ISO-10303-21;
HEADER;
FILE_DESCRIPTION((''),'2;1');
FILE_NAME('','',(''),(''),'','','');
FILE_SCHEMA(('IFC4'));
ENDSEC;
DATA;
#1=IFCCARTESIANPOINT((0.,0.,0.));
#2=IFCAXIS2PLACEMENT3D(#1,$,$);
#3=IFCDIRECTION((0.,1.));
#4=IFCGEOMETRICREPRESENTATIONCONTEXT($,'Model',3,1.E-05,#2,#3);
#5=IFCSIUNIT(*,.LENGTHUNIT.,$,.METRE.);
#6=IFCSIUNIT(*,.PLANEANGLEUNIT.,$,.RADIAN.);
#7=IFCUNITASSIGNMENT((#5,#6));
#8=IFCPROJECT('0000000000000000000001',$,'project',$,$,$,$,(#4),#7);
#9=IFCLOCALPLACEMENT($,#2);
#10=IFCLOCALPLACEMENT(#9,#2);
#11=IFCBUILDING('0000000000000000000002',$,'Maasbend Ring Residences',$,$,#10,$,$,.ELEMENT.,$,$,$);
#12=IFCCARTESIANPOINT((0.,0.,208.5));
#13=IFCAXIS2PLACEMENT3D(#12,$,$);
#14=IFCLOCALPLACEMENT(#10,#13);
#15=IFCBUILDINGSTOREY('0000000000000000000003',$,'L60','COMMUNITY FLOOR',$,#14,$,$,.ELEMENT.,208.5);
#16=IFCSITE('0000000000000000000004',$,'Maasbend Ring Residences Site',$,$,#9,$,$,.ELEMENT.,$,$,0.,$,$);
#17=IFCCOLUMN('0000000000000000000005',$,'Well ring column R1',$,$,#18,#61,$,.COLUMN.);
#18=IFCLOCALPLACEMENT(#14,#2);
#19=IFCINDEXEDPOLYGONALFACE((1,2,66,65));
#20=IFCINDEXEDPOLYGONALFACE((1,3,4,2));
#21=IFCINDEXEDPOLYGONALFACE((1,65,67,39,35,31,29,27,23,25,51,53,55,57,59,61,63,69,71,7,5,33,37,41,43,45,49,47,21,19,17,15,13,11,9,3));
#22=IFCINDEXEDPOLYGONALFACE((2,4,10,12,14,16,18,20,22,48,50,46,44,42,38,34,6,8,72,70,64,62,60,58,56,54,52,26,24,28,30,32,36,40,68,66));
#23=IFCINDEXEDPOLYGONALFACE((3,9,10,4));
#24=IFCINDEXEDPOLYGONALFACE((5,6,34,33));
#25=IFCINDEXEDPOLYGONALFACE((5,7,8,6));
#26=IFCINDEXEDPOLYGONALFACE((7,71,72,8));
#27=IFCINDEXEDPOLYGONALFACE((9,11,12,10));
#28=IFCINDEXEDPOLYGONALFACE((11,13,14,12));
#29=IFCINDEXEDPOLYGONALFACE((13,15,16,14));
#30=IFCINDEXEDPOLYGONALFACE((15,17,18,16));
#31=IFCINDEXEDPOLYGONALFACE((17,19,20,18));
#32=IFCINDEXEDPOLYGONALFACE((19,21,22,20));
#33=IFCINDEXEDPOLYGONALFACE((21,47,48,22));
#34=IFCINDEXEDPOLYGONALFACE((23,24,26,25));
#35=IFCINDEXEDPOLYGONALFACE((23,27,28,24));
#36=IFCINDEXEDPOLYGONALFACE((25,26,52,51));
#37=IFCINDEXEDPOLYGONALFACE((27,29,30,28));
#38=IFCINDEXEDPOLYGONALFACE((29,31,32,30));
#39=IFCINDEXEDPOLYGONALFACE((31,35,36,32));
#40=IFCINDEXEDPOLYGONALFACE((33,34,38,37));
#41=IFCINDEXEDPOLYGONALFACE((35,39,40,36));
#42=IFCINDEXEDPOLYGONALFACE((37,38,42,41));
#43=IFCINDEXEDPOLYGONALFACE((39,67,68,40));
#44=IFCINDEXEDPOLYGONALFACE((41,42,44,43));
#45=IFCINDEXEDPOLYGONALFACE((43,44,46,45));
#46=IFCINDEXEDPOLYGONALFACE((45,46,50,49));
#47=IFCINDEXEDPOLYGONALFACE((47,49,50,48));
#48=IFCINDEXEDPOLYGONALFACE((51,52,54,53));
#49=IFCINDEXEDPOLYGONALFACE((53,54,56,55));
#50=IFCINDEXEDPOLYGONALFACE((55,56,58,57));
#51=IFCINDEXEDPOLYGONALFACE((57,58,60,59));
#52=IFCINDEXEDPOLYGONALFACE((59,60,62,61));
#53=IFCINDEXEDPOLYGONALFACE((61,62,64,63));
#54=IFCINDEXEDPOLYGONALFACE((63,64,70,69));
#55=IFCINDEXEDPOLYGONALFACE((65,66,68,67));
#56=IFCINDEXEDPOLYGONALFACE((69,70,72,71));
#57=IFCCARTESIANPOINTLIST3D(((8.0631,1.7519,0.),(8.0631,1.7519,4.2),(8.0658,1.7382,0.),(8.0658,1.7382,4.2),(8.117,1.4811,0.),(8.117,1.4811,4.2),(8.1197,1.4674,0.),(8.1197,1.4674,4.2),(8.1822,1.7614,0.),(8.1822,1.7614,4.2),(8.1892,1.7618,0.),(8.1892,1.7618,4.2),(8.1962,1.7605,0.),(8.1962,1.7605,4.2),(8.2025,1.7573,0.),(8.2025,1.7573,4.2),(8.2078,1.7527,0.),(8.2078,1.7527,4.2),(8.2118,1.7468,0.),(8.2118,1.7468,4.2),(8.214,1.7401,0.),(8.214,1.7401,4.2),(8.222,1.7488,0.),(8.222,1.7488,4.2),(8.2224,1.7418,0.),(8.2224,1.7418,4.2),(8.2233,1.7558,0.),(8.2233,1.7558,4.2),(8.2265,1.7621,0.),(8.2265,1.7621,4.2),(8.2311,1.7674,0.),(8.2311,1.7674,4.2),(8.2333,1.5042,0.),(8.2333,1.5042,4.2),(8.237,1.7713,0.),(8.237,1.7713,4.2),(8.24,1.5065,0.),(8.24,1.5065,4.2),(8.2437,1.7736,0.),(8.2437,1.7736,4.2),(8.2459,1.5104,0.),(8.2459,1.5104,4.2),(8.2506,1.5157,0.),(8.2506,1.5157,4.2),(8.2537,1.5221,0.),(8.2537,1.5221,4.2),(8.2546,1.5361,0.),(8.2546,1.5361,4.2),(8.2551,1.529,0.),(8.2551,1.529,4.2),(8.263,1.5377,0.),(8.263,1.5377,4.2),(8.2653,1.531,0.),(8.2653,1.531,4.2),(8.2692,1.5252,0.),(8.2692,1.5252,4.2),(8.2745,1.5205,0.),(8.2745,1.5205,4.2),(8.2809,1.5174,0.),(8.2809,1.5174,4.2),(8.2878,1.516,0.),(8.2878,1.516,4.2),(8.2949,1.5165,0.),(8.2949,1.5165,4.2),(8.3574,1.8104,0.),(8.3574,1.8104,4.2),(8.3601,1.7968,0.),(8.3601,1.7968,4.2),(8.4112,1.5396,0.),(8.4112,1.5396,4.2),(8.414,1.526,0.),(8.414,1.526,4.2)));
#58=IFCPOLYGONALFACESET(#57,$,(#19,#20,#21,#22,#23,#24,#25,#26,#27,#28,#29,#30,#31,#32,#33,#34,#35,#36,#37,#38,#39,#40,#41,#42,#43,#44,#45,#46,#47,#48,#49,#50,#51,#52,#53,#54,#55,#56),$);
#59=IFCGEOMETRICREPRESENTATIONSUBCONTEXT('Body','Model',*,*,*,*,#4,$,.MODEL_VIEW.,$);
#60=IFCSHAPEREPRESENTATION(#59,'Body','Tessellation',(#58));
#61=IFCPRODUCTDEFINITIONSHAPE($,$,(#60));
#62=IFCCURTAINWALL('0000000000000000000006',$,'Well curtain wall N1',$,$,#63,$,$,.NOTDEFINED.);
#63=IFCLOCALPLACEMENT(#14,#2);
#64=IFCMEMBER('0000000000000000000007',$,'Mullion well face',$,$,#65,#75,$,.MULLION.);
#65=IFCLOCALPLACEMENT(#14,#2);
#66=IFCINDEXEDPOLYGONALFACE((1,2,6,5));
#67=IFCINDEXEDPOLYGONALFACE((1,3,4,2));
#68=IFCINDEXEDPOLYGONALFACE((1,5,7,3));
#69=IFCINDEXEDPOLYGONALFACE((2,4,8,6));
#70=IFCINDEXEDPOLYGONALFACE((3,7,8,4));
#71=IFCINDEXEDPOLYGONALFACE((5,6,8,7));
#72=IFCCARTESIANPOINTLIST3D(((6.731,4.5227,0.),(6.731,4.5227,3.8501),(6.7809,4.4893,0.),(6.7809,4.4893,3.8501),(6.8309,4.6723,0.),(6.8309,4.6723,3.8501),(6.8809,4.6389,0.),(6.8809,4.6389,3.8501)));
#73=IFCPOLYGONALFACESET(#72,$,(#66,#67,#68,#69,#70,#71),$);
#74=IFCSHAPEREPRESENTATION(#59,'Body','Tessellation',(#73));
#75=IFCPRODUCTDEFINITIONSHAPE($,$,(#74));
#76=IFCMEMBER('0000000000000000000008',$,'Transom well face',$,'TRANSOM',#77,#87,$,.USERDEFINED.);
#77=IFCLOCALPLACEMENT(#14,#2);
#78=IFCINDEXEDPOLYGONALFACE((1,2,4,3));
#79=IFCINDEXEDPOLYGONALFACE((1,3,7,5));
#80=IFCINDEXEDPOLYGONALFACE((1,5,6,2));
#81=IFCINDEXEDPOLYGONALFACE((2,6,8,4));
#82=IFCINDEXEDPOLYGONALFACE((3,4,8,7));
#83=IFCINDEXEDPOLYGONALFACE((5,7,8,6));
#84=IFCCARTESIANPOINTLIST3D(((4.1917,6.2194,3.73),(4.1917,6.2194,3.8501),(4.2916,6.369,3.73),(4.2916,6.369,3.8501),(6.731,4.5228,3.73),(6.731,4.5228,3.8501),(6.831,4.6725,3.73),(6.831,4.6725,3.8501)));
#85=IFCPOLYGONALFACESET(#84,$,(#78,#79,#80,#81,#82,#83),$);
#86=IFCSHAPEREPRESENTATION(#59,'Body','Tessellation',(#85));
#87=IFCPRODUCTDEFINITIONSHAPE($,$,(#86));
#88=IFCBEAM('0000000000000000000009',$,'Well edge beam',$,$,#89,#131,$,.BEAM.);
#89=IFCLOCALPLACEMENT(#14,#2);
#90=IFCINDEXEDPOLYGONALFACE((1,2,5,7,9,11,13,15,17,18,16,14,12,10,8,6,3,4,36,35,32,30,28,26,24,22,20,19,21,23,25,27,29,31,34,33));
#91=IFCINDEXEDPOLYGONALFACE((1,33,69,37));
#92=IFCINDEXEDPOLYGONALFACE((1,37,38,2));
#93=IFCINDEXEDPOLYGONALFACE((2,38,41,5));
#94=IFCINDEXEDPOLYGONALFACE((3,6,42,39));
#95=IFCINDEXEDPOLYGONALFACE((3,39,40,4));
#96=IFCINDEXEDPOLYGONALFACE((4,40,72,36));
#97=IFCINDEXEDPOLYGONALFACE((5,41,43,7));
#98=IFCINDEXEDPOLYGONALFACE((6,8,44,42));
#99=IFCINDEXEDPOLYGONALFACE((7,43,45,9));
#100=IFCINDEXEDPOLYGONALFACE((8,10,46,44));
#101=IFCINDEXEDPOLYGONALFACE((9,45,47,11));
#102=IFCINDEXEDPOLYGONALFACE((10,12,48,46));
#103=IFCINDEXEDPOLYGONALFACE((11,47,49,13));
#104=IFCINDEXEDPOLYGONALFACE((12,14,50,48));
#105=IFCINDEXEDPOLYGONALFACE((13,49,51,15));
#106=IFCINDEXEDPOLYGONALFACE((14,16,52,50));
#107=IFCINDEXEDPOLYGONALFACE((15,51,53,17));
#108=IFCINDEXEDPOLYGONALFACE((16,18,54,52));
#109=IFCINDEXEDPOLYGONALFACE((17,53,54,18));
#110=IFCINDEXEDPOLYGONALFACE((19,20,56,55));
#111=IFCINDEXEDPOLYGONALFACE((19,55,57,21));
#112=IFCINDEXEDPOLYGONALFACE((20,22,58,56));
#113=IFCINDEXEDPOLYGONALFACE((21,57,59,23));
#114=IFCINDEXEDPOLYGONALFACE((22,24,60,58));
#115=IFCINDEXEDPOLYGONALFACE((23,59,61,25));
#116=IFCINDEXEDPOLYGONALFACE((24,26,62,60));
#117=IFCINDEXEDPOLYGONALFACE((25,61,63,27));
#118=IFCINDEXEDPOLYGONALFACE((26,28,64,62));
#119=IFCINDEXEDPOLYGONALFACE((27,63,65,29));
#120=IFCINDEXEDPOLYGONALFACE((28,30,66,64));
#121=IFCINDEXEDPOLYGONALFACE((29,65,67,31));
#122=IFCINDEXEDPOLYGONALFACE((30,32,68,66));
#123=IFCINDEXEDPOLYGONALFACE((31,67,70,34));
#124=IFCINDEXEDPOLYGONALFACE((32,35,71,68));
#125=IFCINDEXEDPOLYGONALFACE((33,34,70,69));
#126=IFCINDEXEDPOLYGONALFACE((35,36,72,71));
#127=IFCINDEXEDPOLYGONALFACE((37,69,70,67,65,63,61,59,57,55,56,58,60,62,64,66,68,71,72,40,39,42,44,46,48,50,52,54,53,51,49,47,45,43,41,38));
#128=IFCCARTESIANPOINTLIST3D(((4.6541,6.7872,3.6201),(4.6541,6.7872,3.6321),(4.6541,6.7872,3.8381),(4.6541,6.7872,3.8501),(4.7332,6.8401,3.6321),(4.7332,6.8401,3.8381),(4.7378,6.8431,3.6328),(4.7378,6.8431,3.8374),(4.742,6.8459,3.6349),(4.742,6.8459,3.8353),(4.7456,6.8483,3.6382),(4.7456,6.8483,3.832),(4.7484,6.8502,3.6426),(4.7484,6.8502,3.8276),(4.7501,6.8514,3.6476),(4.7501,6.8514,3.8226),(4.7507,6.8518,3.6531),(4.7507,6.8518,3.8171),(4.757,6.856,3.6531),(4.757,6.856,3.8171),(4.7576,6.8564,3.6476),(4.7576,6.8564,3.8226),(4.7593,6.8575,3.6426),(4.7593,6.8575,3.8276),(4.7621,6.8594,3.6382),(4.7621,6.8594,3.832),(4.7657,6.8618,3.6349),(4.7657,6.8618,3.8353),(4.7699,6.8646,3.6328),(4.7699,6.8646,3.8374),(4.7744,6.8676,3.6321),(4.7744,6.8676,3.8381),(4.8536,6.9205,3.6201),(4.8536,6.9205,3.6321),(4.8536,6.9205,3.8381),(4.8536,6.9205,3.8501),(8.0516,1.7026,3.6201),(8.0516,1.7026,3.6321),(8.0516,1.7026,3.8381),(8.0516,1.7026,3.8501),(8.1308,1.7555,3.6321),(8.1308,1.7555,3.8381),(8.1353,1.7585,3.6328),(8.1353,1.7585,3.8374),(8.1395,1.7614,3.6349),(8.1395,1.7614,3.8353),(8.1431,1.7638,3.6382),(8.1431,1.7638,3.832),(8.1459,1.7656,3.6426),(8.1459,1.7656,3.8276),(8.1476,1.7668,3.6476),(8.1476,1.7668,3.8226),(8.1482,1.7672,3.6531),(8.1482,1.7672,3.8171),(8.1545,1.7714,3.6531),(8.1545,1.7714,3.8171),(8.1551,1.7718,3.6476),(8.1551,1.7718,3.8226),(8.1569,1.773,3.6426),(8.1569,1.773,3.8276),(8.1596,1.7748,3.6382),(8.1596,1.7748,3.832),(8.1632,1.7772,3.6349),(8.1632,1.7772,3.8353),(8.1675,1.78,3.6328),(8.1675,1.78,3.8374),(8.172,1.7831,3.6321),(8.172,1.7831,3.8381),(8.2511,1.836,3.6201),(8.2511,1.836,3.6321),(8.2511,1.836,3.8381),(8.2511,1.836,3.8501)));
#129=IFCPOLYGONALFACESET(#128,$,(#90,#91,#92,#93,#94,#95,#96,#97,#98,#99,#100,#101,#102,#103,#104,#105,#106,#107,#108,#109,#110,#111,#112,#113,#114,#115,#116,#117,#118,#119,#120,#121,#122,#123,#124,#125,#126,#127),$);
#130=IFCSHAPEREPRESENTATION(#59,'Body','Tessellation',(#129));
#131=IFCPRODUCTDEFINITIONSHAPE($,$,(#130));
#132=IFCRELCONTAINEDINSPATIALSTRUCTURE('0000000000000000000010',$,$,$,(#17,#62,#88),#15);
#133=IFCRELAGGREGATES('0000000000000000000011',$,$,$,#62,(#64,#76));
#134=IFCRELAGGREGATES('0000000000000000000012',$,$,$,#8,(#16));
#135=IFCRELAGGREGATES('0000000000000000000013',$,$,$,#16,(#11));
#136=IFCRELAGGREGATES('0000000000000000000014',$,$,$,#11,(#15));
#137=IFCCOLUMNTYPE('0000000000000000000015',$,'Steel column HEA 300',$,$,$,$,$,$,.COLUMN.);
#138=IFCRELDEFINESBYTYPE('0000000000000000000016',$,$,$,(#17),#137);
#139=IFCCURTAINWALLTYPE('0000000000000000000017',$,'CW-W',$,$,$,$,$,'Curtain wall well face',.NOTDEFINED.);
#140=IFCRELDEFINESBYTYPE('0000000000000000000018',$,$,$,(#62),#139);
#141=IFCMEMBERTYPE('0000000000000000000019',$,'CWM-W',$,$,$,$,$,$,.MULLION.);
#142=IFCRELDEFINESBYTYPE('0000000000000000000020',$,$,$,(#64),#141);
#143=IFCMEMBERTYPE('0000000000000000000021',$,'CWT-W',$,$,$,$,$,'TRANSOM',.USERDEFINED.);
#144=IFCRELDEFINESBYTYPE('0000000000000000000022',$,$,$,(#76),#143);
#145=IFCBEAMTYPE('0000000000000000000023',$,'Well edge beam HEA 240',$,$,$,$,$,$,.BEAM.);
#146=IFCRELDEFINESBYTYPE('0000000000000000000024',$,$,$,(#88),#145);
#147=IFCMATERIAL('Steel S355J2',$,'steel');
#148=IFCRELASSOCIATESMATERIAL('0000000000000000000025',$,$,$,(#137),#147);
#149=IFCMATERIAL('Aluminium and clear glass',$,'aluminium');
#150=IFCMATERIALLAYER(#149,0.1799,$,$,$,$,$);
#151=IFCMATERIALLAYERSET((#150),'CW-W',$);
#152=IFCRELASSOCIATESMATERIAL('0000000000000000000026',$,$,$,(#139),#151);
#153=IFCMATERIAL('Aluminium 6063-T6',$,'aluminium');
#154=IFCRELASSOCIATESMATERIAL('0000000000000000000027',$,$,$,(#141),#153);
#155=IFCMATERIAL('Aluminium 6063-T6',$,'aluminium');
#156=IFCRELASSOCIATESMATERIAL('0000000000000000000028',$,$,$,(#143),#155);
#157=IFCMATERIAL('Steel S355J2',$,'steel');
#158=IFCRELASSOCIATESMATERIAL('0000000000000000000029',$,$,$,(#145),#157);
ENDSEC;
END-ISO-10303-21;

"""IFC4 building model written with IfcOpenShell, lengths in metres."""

from ifc_helpers import new_model, si_unit, direction, frame, origin, origin_2d, place, context, subcontext, project, spatial, rectangle, i_section, extrude, material, layer, layer_set, material_profile, profile_set, type_object, element, aggregate, save


model = new_model("IFC4")

# Units and contexts
model_context = context("Model", 3, precision=1e-05, world=origin(), true_north=direction((0.0, 1.0)))
body_context = subcontext(model_context, "Body", "Model", "MODEL_VIEW")
ifc_project = project(units=[si_unit("LENGTHUNIT", "METRE"), si_unit("PLANEANGLEUNIT", "RADIAN")], contexts=[model_context])

# Site, building, storey
site_placement = place(None, origin())
site = spatial("IfcSite", under=ifc_project, at=site_placement, Name="Maasbend Ring Residences Site", CompositionType="ELEMENT", RefElevation=0.0)
building_placement = place(site_placement, origin())
building = spatial("IfcBuilding", under=site, at=building_placement, Name="Maasbend Ring Residences", CompositionType="ELEMENT")
storey_placement = place(building_placement, frame((0.0, 0.0, 208.5)))
storey = spatial("IfcBuildingStorey", under=building, at=storey_placement, Name="L60", Description="COMMUNITY FLOOR", CompositionType="ELEMENT", Elevation=208.5)

# Column
ifc_material_1 = material(Name="Steel S355J2", Category="steel")
ifc_material_profile_1 = material_profile(ifc_material_1, i_section(OverallWidth=0.3, OverallDepth=0.29, WebThickness=0.0085, FlangeThickness=0.0139, FilletRadius=0.0271, at=origin_2d()), Name="HEA 300")
ifc_profile_set_1 = profile_set([ifc_material_profile_1], Name="Steel S355J2")
column_type = type_object("IfcColumnType", Name="Steel column HEA 300", PredefinedType="COLUMN", material=ifc_profile_set_1)
column_placement = place(storey_placement, frame((8.2385, 1.6389, 0.0), z_axis=(0.0, 0.0, 1.0), x_axis=(0.980785, 0.19509, 0.0)))
element("IfcColumn", 1, at=column_placement, inside=storey, type_object=column_type, Name="Well ring column R1", PredefinedType="COLUMN", context=body_context, shape_type="SweptSolid", body=[
    extrude(i_section(OverallWidth=0.3, OverallDepth=0.29, WebThickness=0.0085, FlangeThickness=0.0139, FilletRadius=0.0271, at=origin_2d()), origin(), (0.0, 0.0, 1.0), 4.2),
])

# Curtain wall, members
ifc_material_2 = material(Name="Aluminium and clear glass", Category="aluminium")
ifc_layer_1 = layer(ifc_material_2, 0.1799)
ifc_layer_set_1 = layer_set([ifc_layer_1], Name="CW-W")
curtain_wall_type = type_object("IfcCurtainWallType", Name="CW-W", ElementType="Curtain wall well face", PredefinedType="NOTDEFINED", material=ifc_layer_set_1)
curtain_wall_placement = place(storey_placement, origin())
curtain_wall = element("IfcCurtainWall", 2, at=curtain_wall_placement, inside=storey, type_object=curtain_wall_type, Name="Well curtain wall N1", PredefinedType="NOTDEFINED")
ifc_material_3 = material(Name="Aluminium 6063-T6", Category="aluminium")
ifc_material_profile_2 = material_profile(ifc_material_3, rectangle(XDim=0.1799, YDim=0.0601, at=origin_2d()), Name="AL 180x60")
ifc_profile_set_2 = profile_set([ifc_material_profile_2], Name="Aluminium 6063-T6")
member_type_1 = type_object("IfcMemberType", Name="CWM-W", PredefinedType="MULLION", material=ifc_profile_set_2)
member_1_placement = place(storey_placement, frame((6.8059, 4.5808, 0.0), z_axis=(0.0, 0.0, 1.0), x_axis=(-0.55557, -0.83147, 0.0)))
member_1 = element("IfcMember", 3, at=member_1_placement, type_object=member_type_1, Name="Mullion well face", PredefinedType="MULLION", context=body_context, shape_type="SweptSolid", body=[
    extrude(rectangle(XDim=0.1799, YDim=0.0601, at=origin_2d()), origin(), (0.0, 0.0, 1.0), 3.8501),
])
ifc_material_4 = material(Name="Aluminium 6063-T6", Category="aluminium")
ifc_material_profile_3 = material_profile(ifc_material_4, rectangle(XDim=0.1799, YDim=0.1201, at=origin_2d()), Name="AL 180x120")
ifc_profile_set_3 = profile_set([ifc_material_profile_3], Name="Aluminium 6063-T6")
member_type_2 = type_object("IfcMemberType", Name="CWT-W", ElementType="TRANSOM", PredefinedType="USERDEFINED", material=ifc_profile_set_3)
member_2_placement = place(storey_placement, frame((6.781, 4.5977, 3.79), z_axis=(-0.831496, 0.55553, 0.0), x_axis=(-0.55553, -0.831496, 0.0)))
member_2 = element("IfcMember", 4, at=member_2_placement, type_object=member_type_2, Name="Transom well face", ObjectType="TRANSOM", PredefinedType="USERDEFINED", context=body_context, shape_type="SweptSolid", body=[
    extrude(rectangle(XDim=0.1799, YDim=0.1201, at=origin_2d()), origin(), (0.0, 0.0, 1.0), 3.054),
])
aggregate(curtain_wall, [member_1, member_2])

# Beam
ifc_material_5 = material(Name="Steel S355J2", Category="steel")
ifc_material_profile_4 = material_profile(ifc_material_5, i_section(OverallWidth=0.24, OverallDepth=0.23, WebThickness=0.0076, FlangeThickness=0.012, FilletRadius=0.021, at=origin_2d()), Name="HEA 240")
ifc_profile_set_4 = profile_set([ifc_material_profile_4], Name="Steel S355J2")
beam_type = type_object("IfcBeamType", Name="Well edge beam HEA 240", PredefinedType="BEAM", material=ifc_profile_set_4)
beam_placement = place(storey_placement, frame((8.1514, 1.7693, 3.7351), z_axis=(-0.555584, 0.83146, 0.0), x_axis=(-0.83146, -0.555584, 0.0)))
element("IfcBeam", 5, at=beam_placement, inside=storey, type_object=beam_type, Name="Well edge beam", PredefinedType="BEAM", context=body_context, shape_type="SweptSolid", body=[
    extrude(i_section(OverallWidth=0.24, OverallDepth=0.23, WebThickness=0.0076, FlangeThickness=0.012, FilletRadius=0.021, at=origin_2d()), origin(), (0.0, 0.0, 1.0), 6.1152),
])

save(model, "model.ifc")
